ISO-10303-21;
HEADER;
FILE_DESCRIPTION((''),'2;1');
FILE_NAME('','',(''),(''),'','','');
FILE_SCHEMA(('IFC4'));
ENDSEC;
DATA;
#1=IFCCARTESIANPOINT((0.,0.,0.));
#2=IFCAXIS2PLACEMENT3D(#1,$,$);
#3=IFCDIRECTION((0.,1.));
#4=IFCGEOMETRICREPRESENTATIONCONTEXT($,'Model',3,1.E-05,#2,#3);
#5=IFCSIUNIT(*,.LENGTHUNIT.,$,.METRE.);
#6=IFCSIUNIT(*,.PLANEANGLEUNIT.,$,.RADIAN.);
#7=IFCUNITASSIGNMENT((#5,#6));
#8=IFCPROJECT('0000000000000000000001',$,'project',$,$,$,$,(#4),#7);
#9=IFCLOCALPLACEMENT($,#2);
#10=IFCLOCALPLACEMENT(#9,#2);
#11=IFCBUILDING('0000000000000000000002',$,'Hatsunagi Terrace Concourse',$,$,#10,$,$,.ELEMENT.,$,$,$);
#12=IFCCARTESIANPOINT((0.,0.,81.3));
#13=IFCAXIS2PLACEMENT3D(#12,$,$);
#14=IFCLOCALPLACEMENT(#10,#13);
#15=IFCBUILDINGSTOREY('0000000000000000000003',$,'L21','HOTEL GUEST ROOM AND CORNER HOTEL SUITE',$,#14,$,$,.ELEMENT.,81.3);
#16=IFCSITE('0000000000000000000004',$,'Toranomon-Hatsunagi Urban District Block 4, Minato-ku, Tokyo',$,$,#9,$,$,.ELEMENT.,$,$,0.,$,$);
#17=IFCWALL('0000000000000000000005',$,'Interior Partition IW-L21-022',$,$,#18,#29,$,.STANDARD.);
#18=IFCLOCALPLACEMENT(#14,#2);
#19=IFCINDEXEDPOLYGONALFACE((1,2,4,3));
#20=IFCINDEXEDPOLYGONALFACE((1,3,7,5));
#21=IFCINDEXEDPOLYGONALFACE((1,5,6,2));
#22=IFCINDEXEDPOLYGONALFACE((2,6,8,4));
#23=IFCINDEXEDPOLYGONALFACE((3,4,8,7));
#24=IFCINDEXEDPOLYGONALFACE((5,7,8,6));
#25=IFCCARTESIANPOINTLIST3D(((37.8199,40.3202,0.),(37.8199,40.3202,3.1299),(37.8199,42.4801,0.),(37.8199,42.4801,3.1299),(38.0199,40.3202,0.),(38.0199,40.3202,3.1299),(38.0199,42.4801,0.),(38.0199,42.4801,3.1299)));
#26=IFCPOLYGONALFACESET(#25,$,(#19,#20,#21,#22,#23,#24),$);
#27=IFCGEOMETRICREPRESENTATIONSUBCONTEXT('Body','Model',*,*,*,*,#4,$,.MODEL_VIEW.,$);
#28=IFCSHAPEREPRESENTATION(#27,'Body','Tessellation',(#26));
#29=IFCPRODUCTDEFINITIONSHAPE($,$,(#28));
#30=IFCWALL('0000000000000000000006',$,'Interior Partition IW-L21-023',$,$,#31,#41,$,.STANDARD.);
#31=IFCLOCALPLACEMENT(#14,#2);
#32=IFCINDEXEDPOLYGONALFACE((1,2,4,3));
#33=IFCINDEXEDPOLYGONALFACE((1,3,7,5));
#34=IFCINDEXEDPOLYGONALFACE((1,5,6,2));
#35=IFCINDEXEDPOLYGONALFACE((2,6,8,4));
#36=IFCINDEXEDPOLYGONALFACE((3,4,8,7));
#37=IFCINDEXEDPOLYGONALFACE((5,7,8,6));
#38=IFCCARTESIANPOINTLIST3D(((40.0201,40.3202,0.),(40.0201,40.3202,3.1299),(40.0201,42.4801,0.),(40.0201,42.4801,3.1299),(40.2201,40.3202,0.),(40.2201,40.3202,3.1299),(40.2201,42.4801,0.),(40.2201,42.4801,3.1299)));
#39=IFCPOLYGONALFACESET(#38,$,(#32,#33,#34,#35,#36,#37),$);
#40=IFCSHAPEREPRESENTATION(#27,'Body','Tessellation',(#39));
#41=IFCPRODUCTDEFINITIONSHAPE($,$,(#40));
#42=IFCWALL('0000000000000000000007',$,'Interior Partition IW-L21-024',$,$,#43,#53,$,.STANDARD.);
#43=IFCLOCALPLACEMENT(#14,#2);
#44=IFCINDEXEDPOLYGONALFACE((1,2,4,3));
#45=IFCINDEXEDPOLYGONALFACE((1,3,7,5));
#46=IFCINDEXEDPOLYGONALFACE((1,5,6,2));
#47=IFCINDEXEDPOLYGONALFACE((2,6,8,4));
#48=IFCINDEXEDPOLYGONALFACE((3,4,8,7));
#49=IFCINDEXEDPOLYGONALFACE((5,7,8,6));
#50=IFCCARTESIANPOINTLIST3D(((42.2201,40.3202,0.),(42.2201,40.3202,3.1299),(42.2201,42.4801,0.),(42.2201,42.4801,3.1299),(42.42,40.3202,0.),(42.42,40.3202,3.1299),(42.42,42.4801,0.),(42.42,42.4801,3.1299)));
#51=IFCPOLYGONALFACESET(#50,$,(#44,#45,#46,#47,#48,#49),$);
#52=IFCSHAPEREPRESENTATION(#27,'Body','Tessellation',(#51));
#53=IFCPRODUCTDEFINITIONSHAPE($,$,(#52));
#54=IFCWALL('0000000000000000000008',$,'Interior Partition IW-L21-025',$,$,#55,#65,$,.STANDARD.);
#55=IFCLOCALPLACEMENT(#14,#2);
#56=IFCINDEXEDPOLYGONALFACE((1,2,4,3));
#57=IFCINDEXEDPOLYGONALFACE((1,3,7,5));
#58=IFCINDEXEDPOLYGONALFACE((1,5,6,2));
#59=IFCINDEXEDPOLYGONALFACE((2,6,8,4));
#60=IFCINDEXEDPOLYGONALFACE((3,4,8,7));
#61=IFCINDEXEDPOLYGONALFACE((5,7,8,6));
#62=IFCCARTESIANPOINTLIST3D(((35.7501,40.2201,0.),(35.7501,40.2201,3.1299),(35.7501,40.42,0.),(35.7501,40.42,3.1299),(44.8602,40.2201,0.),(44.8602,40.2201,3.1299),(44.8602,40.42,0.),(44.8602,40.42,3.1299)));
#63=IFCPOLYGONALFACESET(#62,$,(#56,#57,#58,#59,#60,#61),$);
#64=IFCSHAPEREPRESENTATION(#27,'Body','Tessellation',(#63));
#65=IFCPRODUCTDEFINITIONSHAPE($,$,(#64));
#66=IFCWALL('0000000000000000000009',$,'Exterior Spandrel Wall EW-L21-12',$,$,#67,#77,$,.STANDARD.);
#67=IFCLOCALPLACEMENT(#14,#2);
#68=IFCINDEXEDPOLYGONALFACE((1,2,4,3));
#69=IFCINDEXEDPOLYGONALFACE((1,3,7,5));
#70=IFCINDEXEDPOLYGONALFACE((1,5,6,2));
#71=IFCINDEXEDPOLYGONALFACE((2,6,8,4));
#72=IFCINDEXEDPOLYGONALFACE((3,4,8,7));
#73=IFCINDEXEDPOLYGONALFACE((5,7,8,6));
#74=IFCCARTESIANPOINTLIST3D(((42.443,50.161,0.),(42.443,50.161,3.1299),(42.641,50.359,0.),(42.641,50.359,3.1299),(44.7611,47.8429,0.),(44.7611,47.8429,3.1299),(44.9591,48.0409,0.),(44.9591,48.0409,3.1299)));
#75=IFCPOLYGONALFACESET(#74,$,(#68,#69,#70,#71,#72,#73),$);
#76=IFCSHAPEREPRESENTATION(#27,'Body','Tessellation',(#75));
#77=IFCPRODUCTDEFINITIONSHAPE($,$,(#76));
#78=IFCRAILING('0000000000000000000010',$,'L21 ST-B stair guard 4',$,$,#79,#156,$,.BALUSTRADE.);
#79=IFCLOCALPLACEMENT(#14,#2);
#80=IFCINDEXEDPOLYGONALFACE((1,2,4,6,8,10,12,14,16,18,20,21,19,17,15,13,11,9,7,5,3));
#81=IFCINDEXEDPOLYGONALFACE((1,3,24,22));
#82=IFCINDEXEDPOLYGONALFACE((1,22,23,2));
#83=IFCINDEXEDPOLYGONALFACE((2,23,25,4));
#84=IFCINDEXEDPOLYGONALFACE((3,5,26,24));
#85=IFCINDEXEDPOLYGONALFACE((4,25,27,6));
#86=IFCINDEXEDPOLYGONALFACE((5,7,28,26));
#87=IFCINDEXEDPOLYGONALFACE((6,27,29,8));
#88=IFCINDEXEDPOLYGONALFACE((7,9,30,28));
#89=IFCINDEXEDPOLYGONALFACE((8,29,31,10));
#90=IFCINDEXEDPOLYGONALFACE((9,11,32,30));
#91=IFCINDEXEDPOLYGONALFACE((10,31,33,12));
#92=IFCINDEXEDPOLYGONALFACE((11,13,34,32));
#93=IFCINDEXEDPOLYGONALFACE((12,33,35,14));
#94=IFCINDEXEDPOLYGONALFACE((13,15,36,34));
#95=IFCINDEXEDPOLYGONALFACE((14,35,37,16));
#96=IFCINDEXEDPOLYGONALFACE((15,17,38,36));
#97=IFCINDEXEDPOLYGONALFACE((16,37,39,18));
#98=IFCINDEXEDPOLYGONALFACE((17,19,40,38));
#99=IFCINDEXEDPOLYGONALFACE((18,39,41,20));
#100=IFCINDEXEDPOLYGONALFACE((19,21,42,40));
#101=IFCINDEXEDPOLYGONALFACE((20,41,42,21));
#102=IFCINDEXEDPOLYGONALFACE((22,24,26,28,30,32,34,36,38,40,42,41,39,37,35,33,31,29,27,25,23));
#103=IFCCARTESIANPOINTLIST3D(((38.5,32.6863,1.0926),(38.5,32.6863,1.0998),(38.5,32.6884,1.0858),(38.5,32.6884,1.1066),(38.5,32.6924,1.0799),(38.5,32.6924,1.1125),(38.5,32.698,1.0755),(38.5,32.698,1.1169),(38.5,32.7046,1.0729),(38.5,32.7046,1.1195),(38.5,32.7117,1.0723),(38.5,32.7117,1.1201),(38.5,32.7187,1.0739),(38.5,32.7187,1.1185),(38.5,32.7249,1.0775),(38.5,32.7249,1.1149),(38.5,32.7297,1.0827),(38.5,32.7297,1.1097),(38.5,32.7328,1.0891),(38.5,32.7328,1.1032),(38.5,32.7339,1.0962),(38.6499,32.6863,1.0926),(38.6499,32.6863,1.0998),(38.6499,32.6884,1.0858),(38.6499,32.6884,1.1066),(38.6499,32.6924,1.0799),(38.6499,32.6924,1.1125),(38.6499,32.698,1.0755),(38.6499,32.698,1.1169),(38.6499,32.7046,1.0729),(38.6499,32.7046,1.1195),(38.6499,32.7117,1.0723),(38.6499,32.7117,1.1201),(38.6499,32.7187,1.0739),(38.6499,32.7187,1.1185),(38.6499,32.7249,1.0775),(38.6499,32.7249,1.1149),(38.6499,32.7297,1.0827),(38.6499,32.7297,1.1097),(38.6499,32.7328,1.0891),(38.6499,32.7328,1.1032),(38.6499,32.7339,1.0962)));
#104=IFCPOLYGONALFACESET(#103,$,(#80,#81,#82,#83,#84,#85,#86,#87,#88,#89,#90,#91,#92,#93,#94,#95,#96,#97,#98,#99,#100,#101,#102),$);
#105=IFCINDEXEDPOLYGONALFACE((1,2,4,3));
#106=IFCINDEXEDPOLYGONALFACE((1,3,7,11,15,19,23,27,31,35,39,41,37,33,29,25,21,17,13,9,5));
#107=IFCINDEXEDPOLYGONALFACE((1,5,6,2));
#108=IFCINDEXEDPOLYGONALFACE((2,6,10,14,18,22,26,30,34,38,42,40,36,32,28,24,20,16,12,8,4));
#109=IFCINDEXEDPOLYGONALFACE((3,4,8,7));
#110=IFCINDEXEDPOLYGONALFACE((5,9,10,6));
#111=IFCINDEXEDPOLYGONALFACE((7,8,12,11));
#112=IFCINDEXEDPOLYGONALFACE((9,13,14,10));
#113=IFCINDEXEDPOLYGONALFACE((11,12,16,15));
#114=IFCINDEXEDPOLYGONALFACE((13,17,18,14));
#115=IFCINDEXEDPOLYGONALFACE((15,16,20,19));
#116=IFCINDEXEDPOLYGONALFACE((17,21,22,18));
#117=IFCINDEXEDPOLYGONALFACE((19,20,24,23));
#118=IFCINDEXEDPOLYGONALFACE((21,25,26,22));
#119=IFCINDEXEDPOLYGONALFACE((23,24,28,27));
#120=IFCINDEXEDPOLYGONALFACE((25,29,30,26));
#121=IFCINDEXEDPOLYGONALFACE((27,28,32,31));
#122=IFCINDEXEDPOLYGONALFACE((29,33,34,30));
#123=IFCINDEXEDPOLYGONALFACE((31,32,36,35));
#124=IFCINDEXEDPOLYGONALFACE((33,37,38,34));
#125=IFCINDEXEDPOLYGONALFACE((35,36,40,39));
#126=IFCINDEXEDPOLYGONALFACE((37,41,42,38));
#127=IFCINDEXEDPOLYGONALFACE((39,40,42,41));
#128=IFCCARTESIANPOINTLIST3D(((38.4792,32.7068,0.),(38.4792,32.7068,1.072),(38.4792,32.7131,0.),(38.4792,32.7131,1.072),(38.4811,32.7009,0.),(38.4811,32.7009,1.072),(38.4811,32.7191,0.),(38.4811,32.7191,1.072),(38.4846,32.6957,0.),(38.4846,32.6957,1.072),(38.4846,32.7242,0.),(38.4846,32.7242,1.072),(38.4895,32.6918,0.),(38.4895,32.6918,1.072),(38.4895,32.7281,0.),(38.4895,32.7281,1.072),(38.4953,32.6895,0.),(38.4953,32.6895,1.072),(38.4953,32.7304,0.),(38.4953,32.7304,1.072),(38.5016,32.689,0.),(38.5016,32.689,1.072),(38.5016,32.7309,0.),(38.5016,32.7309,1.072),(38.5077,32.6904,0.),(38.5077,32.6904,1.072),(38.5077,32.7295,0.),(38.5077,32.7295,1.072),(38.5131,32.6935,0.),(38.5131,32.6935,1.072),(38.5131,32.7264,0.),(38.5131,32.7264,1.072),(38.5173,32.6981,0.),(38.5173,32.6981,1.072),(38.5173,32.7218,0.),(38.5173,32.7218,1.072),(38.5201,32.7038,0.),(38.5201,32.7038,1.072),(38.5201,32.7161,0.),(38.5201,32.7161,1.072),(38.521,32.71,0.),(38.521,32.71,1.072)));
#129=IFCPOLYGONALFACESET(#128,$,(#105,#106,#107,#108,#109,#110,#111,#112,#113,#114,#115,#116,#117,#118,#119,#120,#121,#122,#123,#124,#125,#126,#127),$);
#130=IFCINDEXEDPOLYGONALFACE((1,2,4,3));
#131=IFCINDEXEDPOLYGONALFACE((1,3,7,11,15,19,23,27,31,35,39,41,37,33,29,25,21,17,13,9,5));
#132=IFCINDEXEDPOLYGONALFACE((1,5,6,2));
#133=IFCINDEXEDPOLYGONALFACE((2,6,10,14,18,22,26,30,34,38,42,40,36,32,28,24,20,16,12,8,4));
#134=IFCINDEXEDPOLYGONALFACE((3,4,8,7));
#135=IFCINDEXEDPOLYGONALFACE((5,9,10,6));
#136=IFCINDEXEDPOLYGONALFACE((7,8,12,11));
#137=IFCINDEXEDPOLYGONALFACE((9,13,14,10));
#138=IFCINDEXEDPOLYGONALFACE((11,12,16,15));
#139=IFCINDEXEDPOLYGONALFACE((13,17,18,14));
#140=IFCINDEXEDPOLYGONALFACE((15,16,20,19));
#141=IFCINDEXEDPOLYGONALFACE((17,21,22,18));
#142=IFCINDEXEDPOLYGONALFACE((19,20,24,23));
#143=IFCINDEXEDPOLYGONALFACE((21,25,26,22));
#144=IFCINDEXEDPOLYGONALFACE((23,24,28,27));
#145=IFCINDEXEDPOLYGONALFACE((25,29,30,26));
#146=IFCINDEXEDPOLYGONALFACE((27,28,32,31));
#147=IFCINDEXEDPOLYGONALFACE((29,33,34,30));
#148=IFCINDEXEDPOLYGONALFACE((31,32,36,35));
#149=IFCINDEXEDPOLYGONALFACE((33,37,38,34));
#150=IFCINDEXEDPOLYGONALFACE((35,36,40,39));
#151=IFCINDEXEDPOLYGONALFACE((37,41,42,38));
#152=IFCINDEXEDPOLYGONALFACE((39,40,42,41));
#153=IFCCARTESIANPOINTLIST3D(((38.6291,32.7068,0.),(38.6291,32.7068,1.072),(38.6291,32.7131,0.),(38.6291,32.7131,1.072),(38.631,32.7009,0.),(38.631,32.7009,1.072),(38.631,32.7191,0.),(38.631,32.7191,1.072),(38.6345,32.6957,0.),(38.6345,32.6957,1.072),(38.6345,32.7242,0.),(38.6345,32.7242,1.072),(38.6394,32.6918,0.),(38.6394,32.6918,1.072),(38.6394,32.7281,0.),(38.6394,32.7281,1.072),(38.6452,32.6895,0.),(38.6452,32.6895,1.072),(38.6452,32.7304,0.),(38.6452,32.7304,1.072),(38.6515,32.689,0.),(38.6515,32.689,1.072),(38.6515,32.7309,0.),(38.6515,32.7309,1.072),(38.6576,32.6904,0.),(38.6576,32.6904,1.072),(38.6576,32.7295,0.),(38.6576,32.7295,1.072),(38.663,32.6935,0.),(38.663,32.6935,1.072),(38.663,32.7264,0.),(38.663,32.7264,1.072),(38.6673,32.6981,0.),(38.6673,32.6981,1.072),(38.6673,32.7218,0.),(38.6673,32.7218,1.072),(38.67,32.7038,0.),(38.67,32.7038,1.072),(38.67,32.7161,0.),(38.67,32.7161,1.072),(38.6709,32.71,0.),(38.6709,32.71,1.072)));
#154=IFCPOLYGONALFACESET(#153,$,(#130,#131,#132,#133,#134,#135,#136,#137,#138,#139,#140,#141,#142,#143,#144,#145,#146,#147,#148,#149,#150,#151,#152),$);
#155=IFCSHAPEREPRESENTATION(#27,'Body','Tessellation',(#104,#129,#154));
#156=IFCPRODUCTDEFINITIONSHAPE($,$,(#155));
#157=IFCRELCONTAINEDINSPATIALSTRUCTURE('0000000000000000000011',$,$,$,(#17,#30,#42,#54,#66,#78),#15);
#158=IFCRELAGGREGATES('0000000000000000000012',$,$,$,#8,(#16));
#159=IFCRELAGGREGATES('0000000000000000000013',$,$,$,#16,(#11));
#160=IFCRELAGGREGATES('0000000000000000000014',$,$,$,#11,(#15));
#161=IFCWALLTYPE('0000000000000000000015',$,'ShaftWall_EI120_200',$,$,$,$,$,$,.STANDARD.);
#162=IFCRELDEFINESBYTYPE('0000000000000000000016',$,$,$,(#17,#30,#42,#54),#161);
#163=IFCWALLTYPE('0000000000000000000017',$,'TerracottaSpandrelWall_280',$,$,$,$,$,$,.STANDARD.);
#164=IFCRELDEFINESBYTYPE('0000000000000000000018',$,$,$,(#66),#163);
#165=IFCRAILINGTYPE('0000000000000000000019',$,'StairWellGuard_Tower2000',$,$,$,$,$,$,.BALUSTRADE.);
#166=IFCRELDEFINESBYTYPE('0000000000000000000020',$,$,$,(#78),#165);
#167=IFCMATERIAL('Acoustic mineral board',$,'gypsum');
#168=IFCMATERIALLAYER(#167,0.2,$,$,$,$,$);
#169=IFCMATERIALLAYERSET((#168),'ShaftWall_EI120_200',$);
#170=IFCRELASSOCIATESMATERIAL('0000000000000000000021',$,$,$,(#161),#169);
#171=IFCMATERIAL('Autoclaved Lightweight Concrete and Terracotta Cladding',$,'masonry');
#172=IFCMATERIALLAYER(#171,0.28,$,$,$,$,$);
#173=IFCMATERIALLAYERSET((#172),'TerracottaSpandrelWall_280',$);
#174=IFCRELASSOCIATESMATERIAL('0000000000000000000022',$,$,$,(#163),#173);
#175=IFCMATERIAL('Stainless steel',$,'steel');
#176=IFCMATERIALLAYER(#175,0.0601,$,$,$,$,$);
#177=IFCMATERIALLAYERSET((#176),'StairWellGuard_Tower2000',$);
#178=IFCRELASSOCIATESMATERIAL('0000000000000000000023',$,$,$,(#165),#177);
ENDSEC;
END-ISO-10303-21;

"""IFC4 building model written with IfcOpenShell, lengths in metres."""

from ifc_helpers import new_model, si_unit, direction, frame, frame_2d, origin, origin_2d, place, context, subcontext, project, spatial, rectangle, circle, extrude, material, layer, layer_set, type_object, element, save


model = new_model("IFC4")

# Units and contexts
model_context = context("Model", 3, precision=1e-05, world=origin(), true_north=direction((0.0, 1.0)))
body_context = subcontext(model_context, "Body", "Model", "MODEL_VIEW")
ifc_project = project(units=[si_unit("LENGTHUNIT", "METRE"), si_unit("PLANEANGLEUNIT", "RADIAN")], contexts=[model_context])

# Site, building, storey
site_placement = place(None, origin())
site = spatial("IfcSite", under=ifc_project, at=site_placement, Name="Toranomon-Hatsunagi Urban District Block 4, Minato-ku, Tokyo", CompositionType="ELEMENT", RefElevation=0.0)
building_placement = place(site_placement, origin())
building = spatial("IfcBuilding", under=site, at=building_placement, Name="Hatsunagi Terrace Concourse", CompositionType="ELEMENT")
storey_placement = place(building_placement, frame((0.0, 0.0, 81.3)))
storey = spatial("IfcBuildingStorey", under=building, at=storey_placement, Name="L21", Description="HOTEL GUEST ROOM AND CORNER HOTEL SUITE", CompositionType="ELEMENT", Elevation=81.3)

# Shared definitions
ifc_material_1 = material(Name="Acoustic mineral board", Category="gypsum")
ifc_layer_1 = layer(ifc_material_1, 0.2)
ifc_layer_set_1 = layer_set([ifc_layer_1], Name="ShaftWall_EI120_200")
wall_type_1 = type_object("IfcWallType", Name="ShaftWall_EI120_200", PredefinedType="STANDARD", material=ifc_layer_set_1)

# Walls
for number, where, z_axis, x_axis, name in (
    (1, (37.9199, 40.3201, 0.0), (0.0, 0.0, 1.0), (0.0, 1.0, 0.0), "Interior Partition IW-L21-022"),
    (2, (40.1201, 40.3201, 0.0), (0.0, 0.0, 1.0), (0.0, 1.0, 0.0), "Interior Partition IW-L21-023"),
    (3, (42.3201, 40.3201, 0.0), (0.0, 0.0, 1.0), (0.0, 1.0, 0.0), "Interior Partition IW-L21-024"),
):
    element("IfcWall", number, at=place(storey_placement, frame(where, z_axis=z_axis, x_axis=x_axis)), inside=storey, type_object=wall_type_1, Name=name, PredefinedType="STANDARD", context=body_context, shape_type="SweptSolid", body=[
        extrude(rectangle(XDim=2.1599, YDim=0.2, at=frame_2d((1.0801, 0.0))), origin(), (0.0, 0.0, 1.0), 3.1299),
    ])
wall_1_placement = place(storey_placement, frame((35.75, 40.3201, 0.0), z_axis=(0.0, 0.0, 1.0), x_axis=(1.0, 0.0, 0.0)))
element("IfcWall", 4, at=wall_1_placement, inside=storey, type_object=wall_type_1, Name="Interior Partition IW-L21-025", PredefinedType="STANDARD", context=body_context, shape_type="SweptSolid", body=[
    extrude(rectangle(XDim=9.1101, YDim=0.2, at=frame_2d((4.5552, 0.0))), origin(), (0.0, 0.0, 1.0), 3.1299),
])
ifc_material_2 = material(Name="Autoclaved Lightweight Concrete and Terracotta Cladding", Category="masonry")
ifc_layer_2 = layer(ifc_material_2, 0.28)
ifc_layer_set_2 = layer_set([ifc_layer_2], Name="TerracottaSpandrelWall_280")
wall_type_2 = type_object("IfcWallType", Name="TerracottaSpandrelWall_280", PredefinedType="STANDARD", material=ifc_layer_set_2)
wall_2_placement = place(storey_placement, frame((42.542, 50.26, 0.0), z_axis=(0.0, 0.0, 1.0), x_axis=(0.707107, -0.707107, 0.0)))
element("IfcWall", 5, at=wall_2_placement, inside=storey, type_object=wall_type_2, Name="Exterior Spandrel Wall EW-L21-12", PredefinedType="STANDARD", context=body_context, shape_type="SweptSolid", body=[
    extrude(rectangle(XDim=3.2783, YDim=0.28, at=frame_2d((1.6392, 0.0))), origin(), (0.0, 0.0, 1.0), 3.1299),
])

# Railing
ifc_material_3 = material(Name="Stainless steel", Category="steel")
ifc_layer_3 = layer(ifc_material_3, 0.0601)
ifc_layer_set_3 = layer_set([ifc_layer_3], Name="StairWellGuard_Tower2000")
railing_type_1 = type_object("IfcRailingType", Name="StairWellGuard_Tower2000", PredefinedType="BALUSTRADE", material=ifc_layer_set_3)
railing_1_placement = place(storey_placement, frame((38.5, 32.71, 0.0)))
element("IfcRailing", 6, at=railing_1_placement, inside=storey, type_object=railing_type_1, Name="L21 ST-B stair guard 4", PredefinedType="BALUSTRADE", context=body_context, shape_type="SweptSolid", body=[
    extrude(circle(Radius=0.0239, at=origin_2d()), frame((0.0, 0.0, 1.0962), z_axis=(1.0, 0.0, 0.0), x_axis=(0.0, 1.0, 0.0)), (0.0, 0.0, 1.0), 0.1499),
    extrude(circle(Radius=0.021, at=origin_2d()), origin(), (0.0, 0.0, 1.0), 1.072),
    extrude(circle(Radius=0.021, at=origin_2d()), frame((0.1499, 0.0, 0.0)), (0.0, 0.0, 1.0), 1.072),
])

save(model, "model.ifc")
